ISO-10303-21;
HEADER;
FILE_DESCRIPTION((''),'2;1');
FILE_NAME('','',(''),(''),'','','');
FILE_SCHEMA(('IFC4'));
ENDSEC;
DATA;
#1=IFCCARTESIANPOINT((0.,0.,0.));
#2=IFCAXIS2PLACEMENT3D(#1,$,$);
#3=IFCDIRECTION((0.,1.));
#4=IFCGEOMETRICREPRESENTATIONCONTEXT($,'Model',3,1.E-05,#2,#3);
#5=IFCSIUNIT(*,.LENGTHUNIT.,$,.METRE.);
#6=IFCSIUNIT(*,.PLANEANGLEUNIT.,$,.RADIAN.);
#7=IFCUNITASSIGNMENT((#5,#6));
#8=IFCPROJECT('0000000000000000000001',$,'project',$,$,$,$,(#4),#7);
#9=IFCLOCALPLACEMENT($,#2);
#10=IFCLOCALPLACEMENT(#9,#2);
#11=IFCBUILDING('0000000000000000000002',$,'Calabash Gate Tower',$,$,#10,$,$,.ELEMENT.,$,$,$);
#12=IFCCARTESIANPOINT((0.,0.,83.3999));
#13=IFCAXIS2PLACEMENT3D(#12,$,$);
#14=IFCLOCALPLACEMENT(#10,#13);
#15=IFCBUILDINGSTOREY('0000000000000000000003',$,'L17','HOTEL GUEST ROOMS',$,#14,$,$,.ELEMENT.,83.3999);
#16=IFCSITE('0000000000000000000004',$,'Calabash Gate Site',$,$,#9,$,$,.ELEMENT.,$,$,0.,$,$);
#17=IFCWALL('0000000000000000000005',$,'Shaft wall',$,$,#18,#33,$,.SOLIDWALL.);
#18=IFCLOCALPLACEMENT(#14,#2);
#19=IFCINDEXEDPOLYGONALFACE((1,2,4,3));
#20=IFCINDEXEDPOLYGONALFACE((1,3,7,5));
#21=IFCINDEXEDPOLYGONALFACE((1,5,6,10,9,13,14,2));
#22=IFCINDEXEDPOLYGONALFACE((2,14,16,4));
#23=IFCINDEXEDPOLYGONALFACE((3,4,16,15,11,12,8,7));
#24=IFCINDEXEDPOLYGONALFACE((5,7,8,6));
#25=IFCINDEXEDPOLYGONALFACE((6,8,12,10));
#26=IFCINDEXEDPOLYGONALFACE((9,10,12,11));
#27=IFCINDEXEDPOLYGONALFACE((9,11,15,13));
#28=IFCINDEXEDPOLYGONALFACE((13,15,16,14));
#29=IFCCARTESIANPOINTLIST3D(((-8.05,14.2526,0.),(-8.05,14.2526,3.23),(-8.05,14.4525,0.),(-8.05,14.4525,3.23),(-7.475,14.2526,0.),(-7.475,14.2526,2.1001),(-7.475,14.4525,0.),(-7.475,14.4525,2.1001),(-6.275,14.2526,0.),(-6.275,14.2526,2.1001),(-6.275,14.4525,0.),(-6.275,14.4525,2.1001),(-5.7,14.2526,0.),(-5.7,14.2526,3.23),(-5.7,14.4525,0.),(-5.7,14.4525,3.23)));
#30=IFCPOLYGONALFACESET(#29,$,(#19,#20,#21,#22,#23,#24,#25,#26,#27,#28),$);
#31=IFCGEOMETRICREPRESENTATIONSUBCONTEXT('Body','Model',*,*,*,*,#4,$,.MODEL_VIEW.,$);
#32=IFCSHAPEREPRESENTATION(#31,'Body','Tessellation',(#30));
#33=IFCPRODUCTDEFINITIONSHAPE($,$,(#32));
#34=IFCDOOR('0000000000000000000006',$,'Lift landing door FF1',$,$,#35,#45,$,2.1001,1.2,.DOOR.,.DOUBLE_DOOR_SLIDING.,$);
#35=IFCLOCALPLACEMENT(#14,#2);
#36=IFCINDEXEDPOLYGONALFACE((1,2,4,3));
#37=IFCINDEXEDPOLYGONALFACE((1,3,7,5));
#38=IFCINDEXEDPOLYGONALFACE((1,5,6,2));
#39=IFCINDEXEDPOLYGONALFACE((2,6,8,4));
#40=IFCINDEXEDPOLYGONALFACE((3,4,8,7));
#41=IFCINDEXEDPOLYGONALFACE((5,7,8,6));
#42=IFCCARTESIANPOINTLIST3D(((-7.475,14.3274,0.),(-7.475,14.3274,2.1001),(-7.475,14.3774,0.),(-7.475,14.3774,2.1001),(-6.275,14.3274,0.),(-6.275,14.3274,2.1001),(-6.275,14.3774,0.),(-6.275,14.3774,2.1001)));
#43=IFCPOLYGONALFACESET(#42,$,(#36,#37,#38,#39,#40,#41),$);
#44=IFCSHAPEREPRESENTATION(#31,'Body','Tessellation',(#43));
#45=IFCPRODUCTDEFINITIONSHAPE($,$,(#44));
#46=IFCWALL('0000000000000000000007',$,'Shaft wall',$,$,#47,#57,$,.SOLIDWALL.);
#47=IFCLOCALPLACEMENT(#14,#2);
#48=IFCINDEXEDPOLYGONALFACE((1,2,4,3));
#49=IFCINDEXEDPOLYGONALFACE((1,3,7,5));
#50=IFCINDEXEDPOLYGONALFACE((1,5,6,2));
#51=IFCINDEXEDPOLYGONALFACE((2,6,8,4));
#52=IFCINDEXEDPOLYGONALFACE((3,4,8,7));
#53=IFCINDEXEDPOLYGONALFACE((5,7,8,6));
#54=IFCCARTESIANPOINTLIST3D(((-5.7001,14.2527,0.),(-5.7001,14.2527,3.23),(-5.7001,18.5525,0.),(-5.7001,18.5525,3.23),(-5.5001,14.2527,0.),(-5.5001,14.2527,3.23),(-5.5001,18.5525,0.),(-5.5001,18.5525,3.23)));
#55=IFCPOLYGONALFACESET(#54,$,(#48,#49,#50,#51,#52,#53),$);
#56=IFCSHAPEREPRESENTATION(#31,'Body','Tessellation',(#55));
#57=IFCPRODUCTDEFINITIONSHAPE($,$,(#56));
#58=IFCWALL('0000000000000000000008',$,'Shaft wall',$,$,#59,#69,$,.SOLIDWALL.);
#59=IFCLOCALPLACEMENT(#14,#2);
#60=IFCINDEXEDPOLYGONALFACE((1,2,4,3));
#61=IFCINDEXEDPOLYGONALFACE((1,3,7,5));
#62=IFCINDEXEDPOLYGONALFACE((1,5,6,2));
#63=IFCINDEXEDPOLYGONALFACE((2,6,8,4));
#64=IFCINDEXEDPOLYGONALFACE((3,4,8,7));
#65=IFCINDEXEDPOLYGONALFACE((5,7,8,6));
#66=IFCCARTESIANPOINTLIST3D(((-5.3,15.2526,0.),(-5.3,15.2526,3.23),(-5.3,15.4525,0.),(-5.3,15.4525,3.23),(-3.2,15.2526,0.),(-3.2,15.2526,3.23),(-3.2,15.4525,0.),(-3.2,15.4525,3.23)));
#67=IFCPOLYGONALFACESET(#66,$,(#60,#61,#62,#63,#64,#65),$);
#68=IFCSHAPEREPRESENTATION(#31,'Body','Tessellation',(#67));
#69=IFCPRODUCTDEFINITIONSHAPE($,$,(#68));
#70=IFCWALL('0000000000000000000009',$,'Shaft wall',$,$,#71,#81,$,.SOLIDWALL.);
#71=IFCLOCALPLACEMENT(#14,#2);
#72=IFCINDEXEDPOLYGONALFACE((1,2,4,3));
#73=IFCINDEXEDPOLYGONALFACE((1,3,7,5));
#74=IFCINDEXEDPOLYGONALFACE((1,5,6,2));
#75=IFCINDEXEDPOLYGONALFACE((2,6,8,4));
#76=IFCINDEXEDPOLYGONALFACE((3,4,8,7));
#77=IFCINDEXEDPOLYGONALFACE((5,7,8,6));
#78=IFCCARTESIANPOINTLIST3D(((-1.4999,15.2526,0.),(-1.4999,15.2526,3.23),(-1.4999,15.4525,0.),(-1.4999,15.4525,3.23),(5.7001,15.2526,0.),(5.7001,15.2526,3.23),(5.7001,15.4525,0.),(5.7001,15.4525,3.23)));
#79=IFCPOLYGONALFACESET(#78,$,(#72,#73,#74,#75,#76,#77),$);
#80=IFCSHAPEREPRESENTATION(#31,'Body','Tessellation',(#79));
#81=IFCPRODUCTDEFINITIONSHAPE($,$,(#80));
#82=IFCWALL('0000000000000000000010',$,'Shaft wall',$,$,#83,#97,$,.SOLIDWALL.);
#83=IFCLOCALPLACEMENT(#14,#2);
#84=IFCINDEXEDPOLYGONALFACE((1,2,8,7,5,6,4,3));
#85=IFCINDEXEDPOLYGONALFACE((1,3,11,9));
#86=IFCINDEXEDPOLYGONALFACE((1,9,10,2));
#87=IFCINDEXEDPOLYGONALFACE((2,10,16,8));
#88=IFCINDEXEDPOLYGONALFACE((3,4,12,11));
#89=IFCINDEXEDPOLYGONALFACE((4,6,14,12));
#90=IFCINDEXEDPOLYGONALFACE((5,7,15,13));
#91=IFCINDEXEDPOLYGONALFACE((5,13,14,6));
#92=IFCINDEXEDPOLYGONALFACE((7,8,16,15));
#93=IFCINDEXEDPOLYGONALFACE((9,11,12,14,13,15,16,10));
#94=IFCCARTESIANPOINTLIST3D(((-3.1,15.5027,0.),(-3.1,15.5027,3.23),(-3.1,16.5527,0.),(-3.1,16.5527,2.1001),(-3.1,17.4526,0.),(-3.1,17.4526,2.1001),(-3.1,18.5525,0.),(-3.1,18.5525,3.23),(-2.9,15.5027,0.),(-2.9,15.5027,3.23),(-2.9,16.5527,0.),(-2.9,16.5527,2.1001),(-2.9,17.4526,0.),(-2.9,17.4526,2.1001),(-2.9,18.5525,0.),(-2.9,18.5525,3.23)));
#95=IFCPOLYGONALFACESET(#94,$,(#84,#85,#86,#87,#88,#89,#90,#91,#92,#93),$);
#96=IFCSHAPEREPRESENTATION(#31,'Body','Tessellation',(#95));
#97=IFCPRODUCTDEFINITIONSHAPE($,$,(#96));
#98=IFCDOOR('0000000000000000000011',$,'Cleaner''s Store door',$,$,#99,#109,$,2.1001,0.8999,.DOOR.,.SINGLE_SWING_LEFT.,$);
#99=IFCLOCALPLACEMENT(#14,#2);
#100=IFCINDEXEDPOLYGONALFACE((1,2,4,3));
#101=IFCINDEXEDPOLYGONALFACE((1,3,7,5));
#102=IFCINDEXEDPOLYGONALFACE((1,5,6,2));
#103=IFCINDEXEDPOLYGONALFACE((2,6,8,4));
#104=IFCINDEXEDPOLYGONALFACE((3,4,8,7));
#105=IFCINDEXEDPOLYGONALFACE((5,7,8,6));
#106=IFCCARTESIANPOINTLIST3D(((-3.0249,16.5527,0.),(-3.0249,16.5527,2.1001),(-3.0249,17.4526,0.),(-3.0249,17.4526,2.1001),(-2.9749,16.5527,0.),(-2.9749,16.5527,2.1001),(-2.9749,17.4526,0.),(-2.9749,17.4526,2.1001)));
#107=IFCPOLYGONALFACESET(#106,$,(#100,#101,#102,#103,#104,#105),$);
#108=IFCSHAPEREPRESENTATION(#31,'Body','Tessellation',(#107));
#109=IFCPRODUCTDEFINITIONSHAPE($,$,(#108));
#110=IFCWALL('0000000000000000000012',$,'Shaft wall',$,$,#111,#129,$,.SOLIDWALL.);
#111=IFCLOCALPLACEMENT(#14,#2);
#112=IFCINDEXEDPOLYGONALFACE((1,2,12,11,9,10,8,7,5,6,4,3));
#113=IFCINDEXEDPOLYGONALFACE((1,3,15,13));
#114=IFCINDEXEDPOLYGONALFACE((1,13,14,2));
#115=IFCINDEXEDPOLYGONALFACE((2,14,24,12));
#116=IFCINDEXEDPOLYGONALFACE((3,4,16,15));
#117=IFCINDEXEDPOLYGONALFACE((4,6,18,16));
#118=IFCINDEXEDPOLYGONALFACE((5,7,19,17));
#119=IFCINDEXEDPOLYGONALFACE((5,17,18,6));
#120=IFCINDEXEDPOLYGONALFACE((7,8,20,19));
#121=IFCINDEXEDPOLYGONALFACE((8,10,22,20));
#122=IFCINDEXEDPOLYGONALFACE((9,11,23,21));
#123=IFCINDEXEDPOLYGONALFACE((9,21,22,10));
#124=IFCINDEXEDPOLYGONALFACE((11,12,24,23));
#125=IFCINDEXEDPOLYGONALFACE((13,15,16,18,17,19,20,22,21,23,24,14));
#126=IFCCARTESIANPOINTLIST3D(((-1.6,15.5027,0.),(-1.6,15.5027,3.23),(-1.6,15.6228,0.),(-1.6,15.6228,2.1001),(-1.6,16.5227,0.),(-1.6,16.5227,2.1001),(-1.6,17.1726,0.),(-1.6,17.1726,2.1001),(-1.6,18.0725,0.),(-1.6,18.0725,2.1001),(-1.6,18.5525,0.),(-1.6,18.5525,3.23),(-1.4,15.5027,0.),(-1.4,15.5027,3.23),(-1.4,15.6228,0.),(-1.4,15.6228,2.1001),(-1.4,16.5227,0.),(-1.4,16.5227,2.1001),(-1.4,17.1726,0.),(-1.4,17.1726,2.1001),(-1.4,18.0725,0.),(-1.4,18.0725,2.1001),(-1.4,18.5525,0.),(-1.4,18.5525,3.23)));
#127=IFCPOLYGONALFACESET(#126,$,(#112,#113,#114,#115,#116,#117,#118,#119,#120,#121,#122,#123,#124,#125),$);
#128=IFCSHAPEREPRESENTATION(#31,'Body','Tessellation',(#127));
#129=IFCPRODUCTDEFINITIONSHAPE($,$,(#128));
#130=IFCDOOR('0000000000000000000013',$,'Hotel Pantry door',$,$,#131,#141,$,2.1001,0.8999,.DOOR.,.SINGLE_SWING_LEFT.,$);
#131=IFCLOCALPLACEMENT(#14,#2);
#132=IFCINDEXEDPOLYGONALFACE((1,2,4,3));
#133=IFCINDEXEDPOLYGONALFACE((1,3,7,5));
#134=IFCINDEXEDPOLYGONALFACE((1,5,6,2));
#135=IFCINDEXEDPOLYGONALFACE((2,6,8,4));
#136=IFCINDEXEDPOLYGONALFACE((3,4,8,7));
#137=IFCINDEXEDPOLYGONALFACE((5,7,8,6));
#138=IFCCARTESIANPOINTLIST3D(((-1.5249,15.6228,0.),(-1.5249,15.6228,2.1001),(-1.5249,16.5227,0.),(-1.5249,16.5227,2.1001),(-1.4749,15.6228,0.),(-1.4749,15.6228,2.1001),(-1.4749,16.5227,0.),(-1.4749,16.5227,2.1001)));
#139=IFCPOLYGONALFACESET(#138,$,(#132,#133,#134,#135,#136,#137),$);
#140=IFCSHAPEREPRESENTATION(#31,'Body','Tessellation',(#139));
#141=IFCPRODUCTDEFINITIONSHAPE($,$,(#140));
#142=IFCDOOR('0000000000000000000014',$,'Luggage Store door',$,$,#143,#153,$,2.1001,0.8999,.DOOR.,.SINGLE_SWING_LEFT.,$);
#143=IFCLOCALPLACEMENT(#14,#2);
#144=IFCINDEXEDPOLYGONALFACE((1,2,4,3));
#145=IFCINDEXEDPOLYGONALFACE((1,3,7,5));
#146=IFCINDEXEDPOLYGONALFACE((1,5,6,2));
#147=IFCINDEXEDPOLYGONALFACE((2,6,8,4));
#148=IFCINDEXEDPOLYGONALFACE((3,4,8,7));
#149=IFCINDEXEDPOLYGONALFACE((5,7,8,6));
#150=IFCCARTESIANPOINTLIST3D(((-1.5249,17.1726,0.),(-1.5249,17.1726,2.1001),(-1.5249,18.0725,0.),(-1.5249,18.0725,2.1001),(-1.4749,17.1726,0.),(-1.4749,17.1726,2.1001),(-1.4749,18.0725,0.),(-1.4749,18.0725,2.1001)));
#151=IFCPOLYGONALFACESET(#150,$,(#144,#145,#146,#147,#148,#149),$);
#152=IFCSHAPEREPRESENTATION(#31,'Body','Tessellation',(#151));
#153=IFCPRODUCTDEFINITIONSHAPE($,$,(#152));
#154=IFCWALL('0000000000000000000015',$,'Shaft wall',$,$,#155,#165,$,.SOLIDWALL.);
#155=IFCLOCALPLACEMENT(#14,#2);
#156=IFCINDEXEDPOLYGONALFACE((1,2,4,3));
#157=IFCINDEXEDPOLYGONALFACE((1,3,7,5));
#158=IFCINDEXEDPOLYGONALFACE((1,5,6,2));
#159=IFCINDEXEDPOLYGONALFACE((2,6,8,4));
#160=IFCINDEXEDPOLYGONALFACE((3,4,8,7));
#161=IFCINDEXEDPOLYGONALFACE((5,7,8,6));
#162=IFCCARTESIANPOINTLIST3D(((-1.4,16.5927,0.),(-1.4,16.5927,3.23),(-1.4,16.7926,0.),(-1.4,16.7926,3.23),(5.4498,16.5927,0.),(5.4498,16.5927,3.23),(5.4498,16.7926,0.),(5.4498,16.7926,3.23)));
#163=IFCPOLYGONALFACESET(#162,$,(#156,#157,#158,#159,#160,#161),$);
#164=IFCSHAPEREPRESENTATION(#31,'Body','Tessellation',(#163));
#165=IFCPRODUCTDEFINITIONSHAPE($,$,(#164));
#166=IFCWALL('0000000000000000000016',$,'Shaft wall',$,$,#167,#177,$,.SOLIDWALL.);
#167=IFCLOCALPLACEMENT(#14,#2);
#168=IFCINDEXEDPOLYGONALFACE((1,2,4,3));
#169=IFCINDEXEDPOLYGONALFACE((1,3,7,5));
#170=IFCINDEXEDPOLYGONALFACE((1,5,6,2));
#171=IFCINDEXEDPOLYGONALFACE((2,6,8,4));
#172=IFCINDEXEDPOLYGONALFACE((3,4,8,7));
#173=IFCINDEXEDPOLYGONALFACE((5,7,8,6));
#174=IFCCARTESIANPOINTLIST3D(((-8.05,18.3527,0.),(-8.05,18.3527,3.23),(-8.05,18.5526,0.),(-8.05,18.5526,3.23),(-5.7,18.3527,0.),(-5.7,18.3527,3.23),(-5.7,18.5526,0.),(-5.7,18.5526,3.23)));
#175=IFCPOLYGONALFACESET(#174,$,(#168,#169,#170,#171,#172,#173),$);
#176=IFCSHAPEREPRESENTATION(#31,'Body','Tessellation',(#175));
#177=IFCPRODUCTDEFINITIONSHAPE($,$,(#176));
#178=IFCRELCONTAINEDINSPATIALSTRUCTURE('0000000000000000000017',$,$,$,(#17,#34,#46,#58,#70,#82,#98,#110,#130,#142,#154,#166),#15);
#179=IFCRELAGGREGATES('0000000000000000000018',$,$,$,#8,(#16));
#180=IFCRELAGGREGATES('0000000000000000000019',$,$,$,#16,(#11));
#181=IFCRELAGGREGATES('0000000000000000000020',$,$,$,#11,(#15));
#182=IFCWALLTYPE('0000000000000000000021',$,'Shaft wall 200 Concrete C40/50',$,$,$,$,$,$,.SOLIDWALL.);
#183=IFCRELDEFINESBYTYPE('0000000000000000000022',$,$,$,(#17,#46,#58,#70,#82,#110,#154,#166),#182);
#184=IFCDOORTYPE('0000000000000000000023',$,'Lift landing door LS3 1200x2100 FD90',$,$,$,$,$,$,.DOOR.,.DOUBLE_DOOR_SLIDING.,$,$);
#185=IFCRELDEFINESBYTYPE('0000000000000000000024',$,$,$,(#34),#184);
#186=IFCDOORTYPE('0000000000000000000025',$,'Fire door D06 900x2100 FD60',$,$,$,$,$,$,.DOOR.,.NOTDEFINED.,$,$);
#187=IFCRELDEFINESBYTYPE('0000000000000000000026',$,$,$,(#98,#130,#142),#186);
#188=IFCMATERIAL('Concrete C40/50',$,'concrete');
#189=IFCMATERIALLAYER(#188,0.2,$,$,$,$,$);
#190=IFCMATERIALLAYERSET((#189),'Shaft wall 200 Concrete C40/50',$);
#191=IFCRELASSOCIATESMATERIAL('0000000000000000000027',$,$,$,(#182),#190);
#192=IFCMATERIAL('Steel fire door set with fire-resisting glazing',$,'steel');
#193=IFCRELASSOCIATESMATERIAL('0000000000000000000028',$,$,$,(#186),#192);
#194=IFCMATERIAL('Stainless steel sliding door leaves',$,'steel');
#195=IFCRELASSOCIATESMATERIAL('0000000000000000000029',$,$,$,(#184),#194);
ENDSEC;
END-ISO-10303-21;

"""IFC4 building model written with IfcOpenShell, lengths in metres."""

from ifc_helpers import new_model, si_unit, direction, frame, frame_2d, origin, place, context, subcontext, project, spatial, rectangle, extrude, material, layer, layer_set, type_object, element, fill, save


model = new_model("IFC4")

# Units and contexts
model_context = context("Model", 3, precision=1e-05, world=origin(), true_north=direction((0.0, 1.0)))
body_context = subcontext(model_context, "Body", "Model", "MODEL_VIEW")
ifc_project = project(units=[si_unit("LENGTHUNIT", "METRE"), si_unit("PLANEANGLEUNIT", "RADIAN")], contexts=[model_context])

# Site, building, storey
site_placement = place(None, origin())
site = spatial("IfcSite", under=ifc_project, at=site_placement, Name="Calabash Gate Site", CompositionType="ELEMENT", RefElevation=0.0)
building_placement = place(site_placement, origin())
building = spatial("IfcBuilding", under=site, at=building_placement, Name="Calabash Gate Tower", CompositionType="ELEMENT")
storey_placement = place(building_placement, frame((0.0, 0.0, 83.3999)))
storey = spatial("IfcBuildingStorey", under=building, at=storey_placement, Name="L17", Description="HOTEL GUEST ROOMS", CompositionType="ELEMENT", Elevation=83.3999)

# Shared definitions
ifc_material_1 = material(Name="Concrete C40/50", Category="concrete")
ifc_layer_1 = layer(ifc_material_1, 0.2)
ifc_layer_set_1 = layer_set([ifc_layer_1], Name="Shaft wall 200 Concrete C40/50")
wall_type_1 = type_object("IfcWallType", Name="Shaft wall 200 Concrete C40/50", PredefinedType="SOLIDWALL", material=ifc_layer_set_1)

# Shared definitions
ifc_material_2 = material(Name="Steel fire door set with fire-resisting glazing", Category="steel")
door_type_1 = type_object("IfcDoorType", Name="Fire door D06 900x2100 FD60", OperationType="NOTDEFINED", PredefinedType="DOOR", material=ifc_material_2)

# Wall, opening, door
wall_1_placement = place(storey_placement, frame((-8.05, 14.3525, 0.0), z_axis=(0.0, 0.0, 1.0), x_axis=(1.0, 0.0, 0.0)))
wall_1 = element("IfcWall", 1, at=wall_1_placement, inside=storey, type_object=wall_type_1, Name="Shaft wall", PredefinedType="SOLIDWALL", context=body_context, shape_type="SweptSolid", body=[
    extrude(rectangle(XDim=2.3501, YDim=0.2, at=frame_2d((1.175, 0.0))), origin(), (0.0, 0.0, 1.0), 3.23),
])
opening_1_placement = place(wall_1_placement, frame((0.575, 0.0, 0.0)))
opening_1 = element("IfcOpeningElement", 2, at=opening_1_placement, cuts=wall_1, PredefinedType="OPENING", context=body_context, shape_type="SweptSolid", body=[
    extrude(rectangle(XDim=1.2, YDim=2.1001, at=frame_2d((0.6001, 1.05))), frame((0.0, 0.1099, 0.0), z_axis=(0.0, -1.0, 0.0), x_axis=(1.0, 0.0, 0.0)), (0.0, 0.0, 1.0), 0.22),
])
ifc_material_3 = material(Name="Stainless steel sliding door leaves", Category="steel")
door_type_2 = type_object("IfcDoorType", Name="Lift landing door LS3 1200x2100 FD90", OperationType="DOUBLE_DOOR_SLIDING", PredefinedType="DOOR", material=ifc_material_3)
door_1_placement = place(opening_1_placement, origin())
door_1 = element("IfcDoor", 3, at=door_1_placement, inside=storey, type_object=door_type_2, Name="Lift landing door FF1", OperationType="DOUBLE_DOOR_SLIDING", OverallHeight=2.1001, OverallWidth=1.2, PredefinedType="DOOR", context=body_context, shape_type="SweptSolid", body=[
    extrude(rectangle(XDim=1.2, YDim=2.1001, at=frame_2d((0.6001, 1.05))), frame((0.0, 0.0249, 0.0), z_axis=(0.0, -1.0, 0.0), x_axis=(1.0, 0.0, 0.0)), (0.0, 0.0, 1.0), 0.05),
])
fill(opening_1, door_1)

# Walls
wall_2_placement = place(storey_placement, frame((-5.6001, 14.2527, 0.0), z_axis=(0.0, 0.0, 1.0), x_axis=(0.0, 1.0, 0.0)))
element("IfcWall", 4, at=wall_2_placement, inside=storey, type_object=wall_type_1, Name="Shaft wall", PredefinedType="SOLIDWALL", context=body_context, shape_type="SweptSolid", body=[
    extrude(rectangle(XDim=4.2998, YDim=0.2, at=frame_2d((2.1499, 0.0))), origin(), (0.0, 0.0, 1.0), 3.23),
])
wall_3_placement = place(storey_placement, frame((-5.3, 15.3525, 0.0), z_axis=(0.0, 0.0, 1.0), x_axis=(1.0, 0.0, 0.0)))
element("IfcWall", 5, at=wall_3_placement, inside=storey, type_object=wall_type_1, Name="Shaft wall", PredefinedType="SOLIDWALL", context=body_context, shape_type="SweptSolid", body=[
    extrude(rectangle(XDim=2.1001, YDim=0.2, at=frame_2d((1.05, 0.0))), origin(), (0.0, 0.0, 1.0), 3.23),
])
wall_4_placement = place(storey_placement, frame((-1.5, 15.3525, 0.0), z_axis=(0.0, 0.0, 1.0), x_axis=(1.0, 0.0, 0.0)))
element("IfcWall", 6, at=wall_4_placement, inside=storey, type_object=wall_type_1, Name="Shaft wall", PredefinedType="SOLIDWALL", context=body_context, shape_type="SweptSolid", body=[
    extrude(rectangle(XDim=7.2, YDim=0.2, at=frame_2d((3.6001, 0.0))), origin(), (0.0, 0.0, 1.0), 3.23),
])

# Wall, opening, door
wall_5_placement = place(storey_placement, frame((-3.0, 15.5027, 0.0), z_axis=(0.0, 0.0, 1.0), x_axis=(0.0, 1.0, 0.0)))
wall_5 = element("IfcWall", 7, at=wall_5_placement, inside=storey, type_object=wall_type_1, Name="Shaft wall", PredefinedType="SOLIDWALL", context=body_context, shape_type="SweptSolid", body=[
    extrude(rectangle(XDim=3.0498, YDim=0.2, at=frame_2d((1.5249, 0.0))), origin(), (0.0, 0.0, 1.0), 3.23),
])
opening_2_placement = place(wall_5_placement, frame((1.05, 0.0, 0.0)))
opening_2 = element("IfcOpeningElement", 8, at=opening_2_placement, cuts=wall_5, PredefinedType="OPENING", context=body_context, shape_type="SweptSolid", body=[
    extrude(rectangle(XDim=0.8999, YDim=2.1001, at=frame_2d((0.45, 1.05))), frame((0.0, 0.1099, 0.0), z_axis=(0.0, -1.0, 0.0), x_axis=(1.0, 0.0, 0.0)), (0.0, 0.0, 1.0), 0.22),
])
door_2_placement = place(opening_2_placement, origin())
door_2 = element("IfcDoor", 9, at=door_2_placement, inside=storey, type_object=door_type_1, Name="Cleaner's Store door", OperationType="SINGLE_SWING_LEFT", OverallHeight=2.1001, OverallWidth=0.8999, PredefinedType="DOOR", context=body_context, shape_type="SweptSolid", body=[
    extrude(rectangle(XDim=0.8999, YDim=2.1001, at=frame_2d((0.45, 1.05))), frame((0.0, 0.0249, 0.0), z_axis=(0.0, -1.0, 0.0), x_axis=(1.0, 0.0, 0.0)), (0.0, 0.0, 1.0), 0.05),
])
fill(opening_2, door_2)

# Wall, openings, doors
wall_6_placement = place(storey_placement, frame((-1.5, 15.5027, 0.0), z_axis=(0.0, 0.0, 1.0), x_axis=(0.0, 1.0, 0.0)))
wall_6 = element("IfcWall", 10, at=wall_6_placement, inside=storey, type_object=wall_type_1, Name="Shaft wall", PredefinedType="SOLIDWALL", context=body_context, shape_type="SweptSolid", body=[
    extrude(rectangle(XDim=3.0498, YDim=0.2, at=frame_2d((1.5249, 0.0))), origin(), (0.0, 0.0, 1.0), 3.23),
])
opening_3_placement = place(wall_6_placement, frame((0.1201, 0.0, 0.0)))
opening_3 = element("IfcOpeningElement", 11, at=opening_3_placement, cuts=wall_6, PredefinedType="OPENING", context=body_context, shape_type="SweptSolid", body=[
    extrude(rectangle(XDim=0.8999, YDim=2.1001, at=frame_2d((0.45, 1.05))), frame((0.0, 0.1099, 0.0), z_axis=(0.0, -1.0, 0.0), x_axis=(1.0, 0.0, 0.0)), (0.0, 0.0, 1.0), 0.22),
])
opening_4_placement = place(wall_6_placement, frame((1.6699, 0.0, 0.0)))
opening_4 = element("IfcOpeningElement", 12, at=opening_4_placement, cuts=wall_6, PredefinedType="OPENING", context=body_context, shape_type="SweptSolid", body=[
    extrude(rectangle(XDim=0.8999, YDim=2.1001, at=frame_2d((0.45, 1.05))), frame((0.0, 0.1099, 0.0), z_axis=(0.0, -1.0, 0.0), x_axis=(1.0, 0.0, 0.0)), (0.0, 0.0, 1.0), 0.22),
])
door_3_placement = place(opening_3_placement, origin())
door_3 = element("IfcDoor", 13, at=door_3_placement, inside=storey, type_object=door_type_1, Name="Hotel Pantry door", OperationType="SINGLE_SWING_LEFT", OverallHeight=2.1001, OverallWidth=0.8999, PredefinedType="DOOR", context=body_context, shape_type="SweptSolid", body=[
    extrude(rectangle(XDim=0.8999, YDim=2.1001, at=frame_2d((0.45, 1.05))), frame((0.0, 0.0249, 0.0), z_axis=(0.0, -1.0, 0.0), x_axis=(1.0, 0.0, 0.0)), (0.0, 0.0, 1.0), 0.05),
])
fill(opening_3, door_3)
door_4_placement = place(opening_4_placement, origin())
door_4 = element("IfcDoor", 14, at=door_4_placement, inside=storey, type_object=door_type_1, Name="Luggage Store door", OperationType="SINGLE_SWING_LEFT", OverallHeight=2.1001, OverallWidth=0.8999, PredefinedType="DOOR", context=body_context, shape_type="SweptSolid", body=[
    extrude(rectangle(XDim=0.8999, YDim=2.1001, at=frame_2d((0.45, 1.05))), frame((0.0, 0.0249, 0.0), z_axis=(0.0, -1.0, 0.0), x_axis=(1.0, 0.0, 0.0)), (0.0, 0.0, 1.0), 0.05),
])
fill(opening_4, door_4)

# Walls
wall_7_placement = place(storey_placement, frame((-1.3999, 16.6926, 0.0), z_axis=(0.0, 0.0, 1.0), x_axis=(1.0, 0.0, 0.0)))
element("IfcWall", 15, at=wall_7_placement, inside=storey, type_object=wall_type_1, Name="Shaft wall", PredefinedType="SOLIDWALL", context=body_context, shape_type="SweptSolid", body=[
    extrude(rectangle(XDim=6.8499, YDim=0.2, at=frame_2d((3.4248, 0.0))), origin(), (0.0, 0.0, 1.0), 3.23),
])
wall_8_placement = place(storey_placement, frame((-8.05, 18.4526, 0.0), z_axis=(0.0, 0.0, 1.0), x_axis=(1.0, 0.0, 0.0)))
element("IfcWall", 16, at=wall_8_placement, inside=storey, type_object=wall_type_1, Name="Shaft wall", PredefinedType="SOLIDWALL", context=body_context, shape_type="SweptSolid", body=[
    extrude(rectangle(XDim=2.3501, YDim=0.2, at=frame_2d((1.175, 0.0))), origin(), (0.0, 0.0, 1.0), 3.23),
])

save(model, "model.ifc")
